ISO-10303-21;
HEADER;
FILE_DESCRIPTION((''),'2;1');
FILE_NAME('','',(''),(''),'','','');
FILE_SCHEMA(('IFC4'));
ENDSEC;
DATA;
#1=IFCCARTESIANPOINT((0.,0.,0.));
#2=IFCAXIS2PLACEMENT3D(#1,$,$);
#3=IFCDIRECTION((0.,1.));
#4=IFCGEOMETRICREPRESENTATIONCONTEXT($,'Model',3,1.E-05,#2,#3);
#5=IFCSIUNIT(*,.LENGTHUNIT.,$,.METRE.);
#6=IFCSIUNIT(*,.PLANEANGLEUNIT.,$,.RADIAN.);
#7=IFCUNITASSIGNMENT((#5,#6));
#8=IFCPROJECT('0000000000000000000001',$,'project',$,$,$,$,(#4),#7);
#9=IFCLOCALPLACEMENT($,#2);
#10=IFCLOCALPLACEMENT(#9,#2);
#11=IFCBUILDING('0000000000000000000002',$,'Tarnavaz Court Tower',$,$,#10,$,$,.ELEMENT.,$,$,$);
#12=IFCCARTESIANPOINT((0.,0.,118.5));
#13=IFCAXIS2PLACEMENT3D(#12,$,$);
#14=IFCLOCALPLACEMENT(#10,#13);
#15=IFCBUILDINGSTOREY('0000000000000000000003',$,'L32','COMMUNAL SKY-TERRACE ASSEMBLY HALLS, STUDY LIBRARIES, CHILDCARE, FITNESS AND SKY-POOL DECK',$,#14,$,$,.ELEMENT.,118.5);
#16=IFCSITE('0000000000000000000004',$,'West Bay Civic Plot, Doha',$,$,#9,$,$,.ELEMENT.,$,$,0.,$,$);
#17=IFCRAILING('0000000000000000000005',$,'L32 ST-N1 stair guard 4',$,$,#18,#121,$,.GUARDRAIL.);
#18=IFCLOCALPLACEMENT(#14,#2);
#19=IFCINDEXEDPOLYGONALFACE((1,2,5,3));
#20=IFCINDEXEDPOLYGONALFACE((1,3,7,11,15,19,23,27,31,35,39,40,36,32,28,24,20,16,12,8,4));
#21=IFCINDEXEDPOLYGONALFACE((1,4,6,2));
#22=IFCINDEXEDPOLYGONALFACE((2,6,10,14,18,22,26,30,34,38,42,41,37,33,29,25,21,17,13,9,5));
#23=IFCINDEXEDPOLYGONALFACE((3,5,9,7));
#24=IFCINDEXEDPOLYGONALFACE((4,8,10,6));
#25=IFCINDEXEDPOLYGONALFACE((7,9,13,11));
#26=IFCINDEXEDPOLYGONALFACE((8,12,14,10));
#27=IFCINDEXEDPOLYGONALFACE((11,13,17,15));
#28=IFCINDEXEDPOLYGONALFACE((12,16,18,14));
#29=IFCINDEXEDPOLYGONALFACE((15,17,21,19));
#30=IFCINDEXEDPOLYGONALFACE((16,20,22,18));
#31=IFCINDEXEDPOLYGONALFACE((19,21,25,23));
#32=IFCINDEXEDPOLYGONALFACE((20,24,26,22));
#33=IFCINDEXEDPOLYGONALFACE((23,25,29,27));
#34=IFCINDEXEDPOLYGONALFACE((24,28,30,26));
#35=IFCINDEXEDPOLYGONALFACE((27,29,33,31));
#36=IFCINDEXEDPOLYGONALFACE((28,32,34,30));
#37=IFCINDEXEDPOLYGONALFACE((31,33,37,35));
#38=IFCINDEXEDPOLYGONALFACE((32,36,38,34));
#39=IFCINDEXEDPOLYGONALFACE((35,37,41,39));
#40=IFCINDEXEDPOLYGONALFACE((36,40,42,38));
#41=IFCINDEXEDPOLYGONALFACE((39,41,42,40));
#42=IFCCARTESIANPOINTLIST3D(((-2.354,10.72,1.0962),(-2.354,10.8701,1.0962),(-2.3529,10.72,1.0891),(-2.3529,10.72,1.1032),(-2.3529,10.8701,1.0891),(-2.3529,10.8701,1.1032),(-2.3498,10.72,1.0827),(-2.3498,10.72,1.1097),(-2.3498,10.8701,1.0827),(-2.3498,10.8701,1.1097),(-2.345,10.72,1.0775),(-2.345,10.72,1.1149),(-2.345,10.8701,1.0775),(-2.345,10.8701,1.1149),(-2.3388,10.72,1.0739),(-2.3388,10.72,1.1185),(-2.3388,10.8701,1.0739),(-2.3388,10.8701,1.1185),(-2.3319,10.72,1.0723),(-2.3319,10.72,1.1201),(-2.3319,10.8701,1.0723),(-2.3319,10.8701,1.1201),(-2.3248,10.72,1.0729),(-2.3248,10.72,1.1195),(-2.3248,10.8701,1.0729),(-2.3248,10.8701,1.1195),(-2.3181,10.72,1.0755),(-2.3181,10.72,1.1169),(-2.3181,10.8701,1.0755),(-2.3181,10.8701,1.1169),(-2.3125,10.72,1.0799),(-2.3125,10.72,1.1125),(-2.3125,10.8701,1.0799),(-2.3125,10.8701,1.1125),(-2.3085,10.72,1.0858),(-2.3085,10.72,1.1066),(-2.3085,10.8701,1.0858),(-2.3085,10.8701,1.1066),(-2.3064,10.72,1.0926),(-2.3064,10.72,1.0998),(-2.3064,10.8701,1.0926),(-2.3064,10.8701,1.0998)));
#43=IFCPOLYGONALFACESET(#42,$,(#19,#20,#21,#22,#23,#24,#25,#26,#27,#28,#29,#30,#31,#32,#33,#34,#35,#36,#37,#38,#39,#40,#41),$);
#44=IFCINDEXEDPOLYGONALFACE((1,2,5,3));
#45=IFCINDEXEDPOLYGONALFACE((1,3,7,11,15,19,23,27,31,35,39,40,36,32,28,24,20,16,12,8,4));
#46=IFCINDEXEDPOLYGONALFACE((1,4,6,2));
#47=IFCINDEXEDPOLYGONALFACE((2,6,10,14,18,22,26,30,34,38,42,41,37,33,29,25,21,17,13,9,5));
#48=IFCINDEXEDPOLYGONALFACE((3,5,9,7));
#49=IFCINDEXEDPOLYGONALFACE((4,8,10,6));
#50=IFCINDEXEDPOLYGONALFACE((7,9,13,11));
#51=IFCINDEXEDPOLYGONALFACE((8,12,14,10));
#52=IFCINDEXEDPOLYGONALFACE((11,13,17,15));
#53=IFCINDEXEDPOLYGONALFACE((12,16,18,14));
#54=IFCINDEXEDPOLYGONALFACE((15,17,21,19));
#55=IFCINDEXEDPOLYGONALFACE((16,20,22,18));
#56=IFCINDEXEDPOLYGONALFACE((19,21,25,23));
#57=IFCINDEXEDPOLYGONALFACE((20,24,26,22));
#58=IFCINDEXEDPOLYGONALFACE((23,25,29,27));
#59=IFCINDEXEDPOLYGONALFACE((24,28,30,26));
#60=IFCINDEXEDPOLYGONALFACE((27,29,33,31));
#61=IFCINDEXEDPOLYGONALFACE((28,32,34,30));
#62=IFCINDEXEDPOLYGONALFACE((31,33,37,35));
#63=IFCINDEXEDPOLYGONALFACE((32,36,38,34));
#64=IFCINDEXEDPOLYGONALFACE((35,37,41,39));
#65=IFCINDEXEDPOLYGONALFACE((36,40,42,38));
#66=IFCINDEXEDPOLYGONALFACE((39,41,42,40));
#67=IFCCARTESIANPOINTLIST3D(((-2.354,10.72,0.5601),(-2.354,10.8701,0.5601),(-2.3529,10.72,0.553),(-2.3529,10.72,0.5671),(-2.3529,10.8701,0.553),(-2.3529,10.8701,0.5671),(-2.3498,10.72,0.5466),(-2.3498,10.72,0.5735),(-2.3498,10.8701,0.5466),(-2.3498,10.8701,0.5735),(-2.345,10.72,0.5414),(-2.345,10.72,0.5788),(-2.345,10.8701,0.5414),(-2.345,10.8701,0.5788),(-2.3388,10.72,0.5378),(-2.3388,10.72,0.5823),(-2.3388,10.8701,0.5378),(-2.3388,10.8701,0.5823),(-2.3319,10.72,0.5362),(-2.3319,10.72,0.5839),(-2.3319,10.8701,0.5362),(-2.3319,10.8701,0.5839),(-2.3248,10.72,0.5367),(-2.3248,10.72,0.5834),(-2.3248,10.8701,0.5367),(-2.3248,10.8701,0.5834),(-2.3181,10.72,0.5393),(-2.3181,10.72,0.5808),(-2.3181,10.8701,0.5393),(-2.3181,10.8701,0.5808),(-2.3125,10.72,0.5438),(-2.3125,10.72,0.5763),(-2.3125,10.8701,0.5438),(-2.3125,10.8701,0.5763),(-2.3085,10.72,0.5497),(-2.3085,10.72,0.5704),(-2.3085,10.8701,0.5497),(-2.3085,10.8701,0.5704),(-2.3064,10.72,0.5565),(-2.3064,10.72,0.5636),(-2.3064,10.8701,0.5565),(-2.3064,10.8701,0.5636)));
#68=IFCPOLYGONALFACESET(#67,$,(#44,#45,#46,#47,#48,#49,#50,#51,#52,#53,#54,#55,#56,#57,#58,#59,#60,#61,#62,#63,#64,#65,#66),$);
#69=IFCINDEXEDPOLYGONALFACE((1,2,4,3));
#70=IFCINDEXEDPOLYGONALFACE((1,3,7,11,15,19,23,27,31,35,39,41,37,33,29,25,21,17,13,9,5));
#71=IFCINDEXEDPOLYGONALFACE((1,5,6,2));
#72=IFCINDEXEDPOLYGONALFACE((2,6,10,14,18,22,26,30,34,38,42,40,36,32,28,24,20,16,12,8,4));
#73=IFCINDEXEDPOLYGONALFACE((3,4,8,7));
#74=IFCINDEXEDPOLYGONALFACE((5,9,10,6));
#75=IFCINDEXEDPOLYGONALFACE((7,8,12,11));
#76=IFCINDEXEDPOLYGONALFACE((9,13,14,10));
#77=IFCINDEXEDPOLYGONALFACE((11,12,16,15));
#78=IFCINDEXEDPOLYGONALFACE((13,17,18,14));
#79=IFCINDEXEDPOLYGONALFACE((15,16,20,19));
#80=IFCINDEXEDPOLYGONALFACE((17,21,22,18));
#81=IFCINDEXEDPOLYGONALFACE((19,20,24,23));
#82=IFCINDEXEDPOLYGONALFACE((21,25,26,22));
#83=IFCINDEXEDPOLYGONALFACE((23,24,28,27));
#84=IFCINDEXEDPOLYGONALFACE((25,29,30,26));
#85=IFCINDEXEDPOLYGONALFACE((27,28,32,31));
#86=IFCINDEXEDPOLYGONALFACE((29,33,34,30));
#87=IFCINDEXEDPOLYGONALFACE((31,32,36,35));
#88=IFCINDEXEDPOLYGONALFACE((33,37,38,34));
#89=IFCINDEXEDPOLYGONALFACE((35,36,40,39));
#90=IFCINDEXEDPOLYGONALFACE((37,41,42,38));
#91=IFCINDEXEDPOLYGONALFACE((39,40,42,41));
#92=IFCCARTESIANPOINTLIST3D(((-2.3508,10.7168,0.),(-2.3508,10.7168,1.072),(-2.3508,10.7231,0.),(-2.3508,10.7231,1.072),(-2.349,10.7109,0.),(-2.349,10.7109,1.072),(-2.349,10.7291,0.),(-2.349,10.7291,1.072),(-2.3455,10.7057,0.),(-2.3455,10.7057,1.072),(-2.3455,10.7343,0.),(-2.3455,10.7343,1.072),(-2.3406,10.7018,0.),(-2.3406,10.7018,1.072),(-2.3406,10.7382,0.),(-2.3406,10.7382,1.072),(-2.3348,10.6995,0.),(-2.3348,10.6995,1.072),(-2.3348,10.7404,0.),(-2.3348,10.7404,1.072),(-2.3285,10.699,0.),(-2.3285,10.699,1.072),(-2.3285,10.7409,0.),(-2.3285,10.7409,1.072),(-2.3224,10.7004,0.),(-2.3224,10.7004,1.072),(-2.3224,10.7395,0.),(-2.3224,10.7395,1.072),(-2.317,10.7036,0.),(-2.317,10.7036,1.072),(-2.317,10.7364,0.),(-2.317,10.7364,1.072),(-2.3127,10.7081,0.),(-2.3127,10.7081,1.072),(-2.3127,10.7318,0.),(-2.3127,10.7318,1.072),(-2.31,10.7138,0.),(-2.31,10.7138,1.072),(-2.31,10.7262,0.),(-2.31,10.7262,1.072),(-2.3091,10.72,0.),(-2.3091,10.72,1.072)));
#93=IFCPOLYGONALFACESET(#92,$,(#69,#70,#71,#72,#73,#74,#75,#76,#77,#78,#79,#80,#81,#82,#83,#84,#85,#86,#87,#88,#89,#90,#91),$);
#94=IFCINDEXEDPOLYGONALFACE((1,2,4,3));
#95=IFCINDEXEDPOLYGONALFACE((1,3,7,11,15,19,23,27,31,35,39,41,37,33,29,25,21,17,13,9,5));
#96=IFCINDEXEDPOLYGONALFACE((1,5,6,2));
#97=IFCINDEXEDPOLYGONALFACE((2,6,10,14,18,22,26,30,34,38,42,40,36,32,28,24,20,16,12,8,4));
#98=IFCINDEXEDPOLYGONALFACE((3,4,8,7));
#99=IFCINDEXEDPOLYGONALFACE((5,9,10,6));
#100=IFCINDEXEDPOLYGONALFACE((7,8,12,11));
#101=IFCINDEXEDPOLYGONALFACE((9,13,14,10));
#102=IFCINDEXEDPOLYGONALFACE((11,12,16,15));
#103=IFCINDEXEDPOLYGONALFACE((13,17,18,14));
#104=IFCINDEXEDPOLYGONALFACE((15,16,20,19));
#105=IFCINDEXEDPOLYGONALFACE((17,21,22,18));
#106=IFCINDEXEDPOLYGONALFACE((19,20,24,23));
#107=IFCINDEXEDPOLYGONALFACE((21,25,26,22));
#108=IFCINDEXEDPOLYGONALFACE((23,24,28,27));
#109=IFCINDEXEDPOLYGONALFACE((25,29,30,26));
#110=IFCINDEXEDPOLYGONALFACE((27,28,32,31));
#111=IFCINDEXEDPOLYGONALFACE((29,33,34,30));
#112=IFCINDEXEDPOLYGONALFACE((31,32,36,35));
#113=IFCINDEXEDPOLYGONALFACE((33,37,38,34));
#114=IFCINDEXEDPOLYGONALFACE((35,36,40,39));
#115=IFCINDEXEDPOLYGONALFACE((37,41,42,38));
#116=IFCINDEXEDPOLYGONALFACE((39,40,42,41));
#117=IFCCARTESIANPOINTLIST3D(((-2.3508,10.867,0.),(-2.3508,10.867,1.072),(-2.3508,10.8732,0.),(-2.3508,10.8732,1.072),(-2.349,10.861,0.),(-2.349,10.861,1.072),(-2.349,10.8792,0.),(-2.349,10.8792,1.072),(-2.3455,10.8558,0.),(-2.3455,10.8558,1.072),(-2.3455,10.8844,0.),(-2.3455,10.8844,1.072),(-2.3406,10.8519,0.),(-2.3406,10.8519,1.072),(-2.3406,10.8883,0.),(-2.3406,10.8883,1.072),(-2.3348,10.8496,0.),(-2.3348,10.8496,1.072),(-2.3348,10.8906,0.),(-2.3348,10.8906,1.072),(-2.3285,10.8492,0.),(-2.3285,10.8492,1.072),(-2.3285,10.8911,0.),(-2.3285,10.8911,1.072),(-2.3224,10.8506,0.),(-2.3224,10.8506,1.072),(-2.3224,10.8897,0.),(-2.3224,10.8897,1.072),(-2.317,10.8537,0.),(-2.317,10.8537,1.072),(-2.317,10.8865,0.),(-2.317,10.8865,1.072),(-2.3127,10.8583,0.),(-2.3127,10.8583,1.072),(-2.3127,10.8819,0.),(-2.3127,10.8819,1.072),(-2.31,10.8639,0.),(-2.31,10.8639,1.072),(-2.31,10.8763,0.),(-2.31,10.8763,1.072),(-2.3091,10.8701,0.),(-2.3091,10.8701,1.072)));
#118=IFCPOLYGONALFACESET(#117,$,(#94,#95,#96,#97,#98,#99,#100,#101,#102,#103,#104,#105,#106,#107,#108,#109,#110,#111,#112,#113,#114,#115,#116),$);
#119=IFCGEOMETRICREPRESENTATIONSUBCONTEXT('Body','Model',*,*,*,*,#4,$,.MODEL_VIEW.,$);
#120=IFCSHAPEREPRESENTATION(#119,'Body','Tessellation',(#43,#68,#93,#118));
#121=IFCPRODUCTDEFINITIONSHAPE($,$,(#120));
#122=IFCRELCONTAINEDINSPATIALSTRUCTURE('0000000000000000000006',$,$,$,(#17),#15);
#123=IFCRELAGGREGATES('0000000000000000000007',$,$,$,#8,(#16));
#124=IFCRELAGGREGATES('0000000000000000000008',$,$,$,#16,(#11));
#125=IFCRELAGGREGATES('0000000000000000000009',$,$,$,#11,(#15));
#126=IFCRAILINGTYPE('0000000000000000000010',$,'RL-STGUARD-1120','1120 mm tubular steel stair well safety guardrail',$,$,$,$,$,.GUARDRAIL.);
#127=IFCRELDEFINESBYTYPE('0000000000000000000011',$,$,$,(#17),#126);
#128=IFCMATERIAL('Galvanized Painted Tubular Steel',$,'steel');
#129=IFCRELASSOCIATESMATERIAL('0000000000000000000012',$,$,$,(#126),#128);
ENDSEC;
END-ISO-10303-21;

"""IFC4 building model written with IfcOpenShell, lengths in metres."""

from ifc_helpers import new_model, si_unit, direction, frame, origin, origin_2d, place, context, subcontext, project, spatial, circle, extrude, material, type_object, element, save


model = new_model("IFC4")

# Units and contexts
model_context = context("Model", 3, precision=1e-05, world=origin(), true_north=direction((0.0, 1.0)))
body_context = subcontext(model_context, "Body", "Model", "MODEL_VIEW")
ifc_project = project(units=[si_unit("LENGTHUNIT", "METRE"), si_unit("PLANEANGLEUNIT", "RADIAN")], contexts=[model_context])

# Site, building, storey
site_placement = place(None, origin())
site = spatial("IfcSite", under=ifc_project, at=site_placement, Name="West Bay Civic Plot, Doha", CompositionType="ELEMENT", RefElevation=0.0)
building_placement = place(site_placement, origin())
building = spatial("IfcBuilding", under=site, at=building_placement, Name="Tarnavaz Court Tower", CompositionType="ELEMENT")
storey_placement = place(building_placement, frame((0.0, 0.0, 118.5)))
storey = spatial("IfcBuildingStorey", under=building, at=storey_placement, Name="L32", Description="COMMUNAL SKY-TERRACE ASSEMBLY HALLS, STUDY LIBRARIES, CHILDCARE, FITNESS AND SKY-POOL DECK", CompositionType="ELEMENT", Elevation=118.5)

# Railing
ifc_material_1 = material(Name="Galvanized Painted Tubular Steel", Category="steel")
railing_type_1 = type_object("IfcRailingType", Name="RL-STGUARD-1120", Description="1120 mm tubular steel stair well safety guardrail", PredefinedType="GUARDRAIL", material=ifc_material_1)
railing_1_placement = place(storey_placement, frame((-2.3301, 10.72, 0.0)))
element("IfcRailing", 1, at=railing_1_placement, inside=storey, type_object=railing_type_1, Name="L32 ST-N1 stair guard 4", PredefinedType="GUARDRAIL", context=body_context, shape_type="SweptSolid", body=[
    extrude(circle(Radius=0.0239, at=origin_2d()), frame((0.0, 0.0, 1.0962), z_axis=(0.0, 1.0, 0.0), x_axis=(-1.0, 0.0, 0.0)), (0.0, 0.0, 1.0), 0.1501),
    extrude(circle(Radius=0.0239, at=origin_2d()), frame((0.0, 0.0, 0.5601), z_axis=(0.0, 1.0, 0.0), x_axis=(-1.0, 0.0, 0.0)), (0.0, 0.0, 1.0), 0.1501),
    extrude(circle(Radius=0.021, at=origin_2d()), origin(), (0.0, 0.0, 1.0), 1.072),
    extrude(circle(Radius=0.021, at=origin_2d()), frame((0.0, 0.1501, 0.0)), (0.0, 0.0, 1.0), 1.072),
])

save(model, "model.ifc")
